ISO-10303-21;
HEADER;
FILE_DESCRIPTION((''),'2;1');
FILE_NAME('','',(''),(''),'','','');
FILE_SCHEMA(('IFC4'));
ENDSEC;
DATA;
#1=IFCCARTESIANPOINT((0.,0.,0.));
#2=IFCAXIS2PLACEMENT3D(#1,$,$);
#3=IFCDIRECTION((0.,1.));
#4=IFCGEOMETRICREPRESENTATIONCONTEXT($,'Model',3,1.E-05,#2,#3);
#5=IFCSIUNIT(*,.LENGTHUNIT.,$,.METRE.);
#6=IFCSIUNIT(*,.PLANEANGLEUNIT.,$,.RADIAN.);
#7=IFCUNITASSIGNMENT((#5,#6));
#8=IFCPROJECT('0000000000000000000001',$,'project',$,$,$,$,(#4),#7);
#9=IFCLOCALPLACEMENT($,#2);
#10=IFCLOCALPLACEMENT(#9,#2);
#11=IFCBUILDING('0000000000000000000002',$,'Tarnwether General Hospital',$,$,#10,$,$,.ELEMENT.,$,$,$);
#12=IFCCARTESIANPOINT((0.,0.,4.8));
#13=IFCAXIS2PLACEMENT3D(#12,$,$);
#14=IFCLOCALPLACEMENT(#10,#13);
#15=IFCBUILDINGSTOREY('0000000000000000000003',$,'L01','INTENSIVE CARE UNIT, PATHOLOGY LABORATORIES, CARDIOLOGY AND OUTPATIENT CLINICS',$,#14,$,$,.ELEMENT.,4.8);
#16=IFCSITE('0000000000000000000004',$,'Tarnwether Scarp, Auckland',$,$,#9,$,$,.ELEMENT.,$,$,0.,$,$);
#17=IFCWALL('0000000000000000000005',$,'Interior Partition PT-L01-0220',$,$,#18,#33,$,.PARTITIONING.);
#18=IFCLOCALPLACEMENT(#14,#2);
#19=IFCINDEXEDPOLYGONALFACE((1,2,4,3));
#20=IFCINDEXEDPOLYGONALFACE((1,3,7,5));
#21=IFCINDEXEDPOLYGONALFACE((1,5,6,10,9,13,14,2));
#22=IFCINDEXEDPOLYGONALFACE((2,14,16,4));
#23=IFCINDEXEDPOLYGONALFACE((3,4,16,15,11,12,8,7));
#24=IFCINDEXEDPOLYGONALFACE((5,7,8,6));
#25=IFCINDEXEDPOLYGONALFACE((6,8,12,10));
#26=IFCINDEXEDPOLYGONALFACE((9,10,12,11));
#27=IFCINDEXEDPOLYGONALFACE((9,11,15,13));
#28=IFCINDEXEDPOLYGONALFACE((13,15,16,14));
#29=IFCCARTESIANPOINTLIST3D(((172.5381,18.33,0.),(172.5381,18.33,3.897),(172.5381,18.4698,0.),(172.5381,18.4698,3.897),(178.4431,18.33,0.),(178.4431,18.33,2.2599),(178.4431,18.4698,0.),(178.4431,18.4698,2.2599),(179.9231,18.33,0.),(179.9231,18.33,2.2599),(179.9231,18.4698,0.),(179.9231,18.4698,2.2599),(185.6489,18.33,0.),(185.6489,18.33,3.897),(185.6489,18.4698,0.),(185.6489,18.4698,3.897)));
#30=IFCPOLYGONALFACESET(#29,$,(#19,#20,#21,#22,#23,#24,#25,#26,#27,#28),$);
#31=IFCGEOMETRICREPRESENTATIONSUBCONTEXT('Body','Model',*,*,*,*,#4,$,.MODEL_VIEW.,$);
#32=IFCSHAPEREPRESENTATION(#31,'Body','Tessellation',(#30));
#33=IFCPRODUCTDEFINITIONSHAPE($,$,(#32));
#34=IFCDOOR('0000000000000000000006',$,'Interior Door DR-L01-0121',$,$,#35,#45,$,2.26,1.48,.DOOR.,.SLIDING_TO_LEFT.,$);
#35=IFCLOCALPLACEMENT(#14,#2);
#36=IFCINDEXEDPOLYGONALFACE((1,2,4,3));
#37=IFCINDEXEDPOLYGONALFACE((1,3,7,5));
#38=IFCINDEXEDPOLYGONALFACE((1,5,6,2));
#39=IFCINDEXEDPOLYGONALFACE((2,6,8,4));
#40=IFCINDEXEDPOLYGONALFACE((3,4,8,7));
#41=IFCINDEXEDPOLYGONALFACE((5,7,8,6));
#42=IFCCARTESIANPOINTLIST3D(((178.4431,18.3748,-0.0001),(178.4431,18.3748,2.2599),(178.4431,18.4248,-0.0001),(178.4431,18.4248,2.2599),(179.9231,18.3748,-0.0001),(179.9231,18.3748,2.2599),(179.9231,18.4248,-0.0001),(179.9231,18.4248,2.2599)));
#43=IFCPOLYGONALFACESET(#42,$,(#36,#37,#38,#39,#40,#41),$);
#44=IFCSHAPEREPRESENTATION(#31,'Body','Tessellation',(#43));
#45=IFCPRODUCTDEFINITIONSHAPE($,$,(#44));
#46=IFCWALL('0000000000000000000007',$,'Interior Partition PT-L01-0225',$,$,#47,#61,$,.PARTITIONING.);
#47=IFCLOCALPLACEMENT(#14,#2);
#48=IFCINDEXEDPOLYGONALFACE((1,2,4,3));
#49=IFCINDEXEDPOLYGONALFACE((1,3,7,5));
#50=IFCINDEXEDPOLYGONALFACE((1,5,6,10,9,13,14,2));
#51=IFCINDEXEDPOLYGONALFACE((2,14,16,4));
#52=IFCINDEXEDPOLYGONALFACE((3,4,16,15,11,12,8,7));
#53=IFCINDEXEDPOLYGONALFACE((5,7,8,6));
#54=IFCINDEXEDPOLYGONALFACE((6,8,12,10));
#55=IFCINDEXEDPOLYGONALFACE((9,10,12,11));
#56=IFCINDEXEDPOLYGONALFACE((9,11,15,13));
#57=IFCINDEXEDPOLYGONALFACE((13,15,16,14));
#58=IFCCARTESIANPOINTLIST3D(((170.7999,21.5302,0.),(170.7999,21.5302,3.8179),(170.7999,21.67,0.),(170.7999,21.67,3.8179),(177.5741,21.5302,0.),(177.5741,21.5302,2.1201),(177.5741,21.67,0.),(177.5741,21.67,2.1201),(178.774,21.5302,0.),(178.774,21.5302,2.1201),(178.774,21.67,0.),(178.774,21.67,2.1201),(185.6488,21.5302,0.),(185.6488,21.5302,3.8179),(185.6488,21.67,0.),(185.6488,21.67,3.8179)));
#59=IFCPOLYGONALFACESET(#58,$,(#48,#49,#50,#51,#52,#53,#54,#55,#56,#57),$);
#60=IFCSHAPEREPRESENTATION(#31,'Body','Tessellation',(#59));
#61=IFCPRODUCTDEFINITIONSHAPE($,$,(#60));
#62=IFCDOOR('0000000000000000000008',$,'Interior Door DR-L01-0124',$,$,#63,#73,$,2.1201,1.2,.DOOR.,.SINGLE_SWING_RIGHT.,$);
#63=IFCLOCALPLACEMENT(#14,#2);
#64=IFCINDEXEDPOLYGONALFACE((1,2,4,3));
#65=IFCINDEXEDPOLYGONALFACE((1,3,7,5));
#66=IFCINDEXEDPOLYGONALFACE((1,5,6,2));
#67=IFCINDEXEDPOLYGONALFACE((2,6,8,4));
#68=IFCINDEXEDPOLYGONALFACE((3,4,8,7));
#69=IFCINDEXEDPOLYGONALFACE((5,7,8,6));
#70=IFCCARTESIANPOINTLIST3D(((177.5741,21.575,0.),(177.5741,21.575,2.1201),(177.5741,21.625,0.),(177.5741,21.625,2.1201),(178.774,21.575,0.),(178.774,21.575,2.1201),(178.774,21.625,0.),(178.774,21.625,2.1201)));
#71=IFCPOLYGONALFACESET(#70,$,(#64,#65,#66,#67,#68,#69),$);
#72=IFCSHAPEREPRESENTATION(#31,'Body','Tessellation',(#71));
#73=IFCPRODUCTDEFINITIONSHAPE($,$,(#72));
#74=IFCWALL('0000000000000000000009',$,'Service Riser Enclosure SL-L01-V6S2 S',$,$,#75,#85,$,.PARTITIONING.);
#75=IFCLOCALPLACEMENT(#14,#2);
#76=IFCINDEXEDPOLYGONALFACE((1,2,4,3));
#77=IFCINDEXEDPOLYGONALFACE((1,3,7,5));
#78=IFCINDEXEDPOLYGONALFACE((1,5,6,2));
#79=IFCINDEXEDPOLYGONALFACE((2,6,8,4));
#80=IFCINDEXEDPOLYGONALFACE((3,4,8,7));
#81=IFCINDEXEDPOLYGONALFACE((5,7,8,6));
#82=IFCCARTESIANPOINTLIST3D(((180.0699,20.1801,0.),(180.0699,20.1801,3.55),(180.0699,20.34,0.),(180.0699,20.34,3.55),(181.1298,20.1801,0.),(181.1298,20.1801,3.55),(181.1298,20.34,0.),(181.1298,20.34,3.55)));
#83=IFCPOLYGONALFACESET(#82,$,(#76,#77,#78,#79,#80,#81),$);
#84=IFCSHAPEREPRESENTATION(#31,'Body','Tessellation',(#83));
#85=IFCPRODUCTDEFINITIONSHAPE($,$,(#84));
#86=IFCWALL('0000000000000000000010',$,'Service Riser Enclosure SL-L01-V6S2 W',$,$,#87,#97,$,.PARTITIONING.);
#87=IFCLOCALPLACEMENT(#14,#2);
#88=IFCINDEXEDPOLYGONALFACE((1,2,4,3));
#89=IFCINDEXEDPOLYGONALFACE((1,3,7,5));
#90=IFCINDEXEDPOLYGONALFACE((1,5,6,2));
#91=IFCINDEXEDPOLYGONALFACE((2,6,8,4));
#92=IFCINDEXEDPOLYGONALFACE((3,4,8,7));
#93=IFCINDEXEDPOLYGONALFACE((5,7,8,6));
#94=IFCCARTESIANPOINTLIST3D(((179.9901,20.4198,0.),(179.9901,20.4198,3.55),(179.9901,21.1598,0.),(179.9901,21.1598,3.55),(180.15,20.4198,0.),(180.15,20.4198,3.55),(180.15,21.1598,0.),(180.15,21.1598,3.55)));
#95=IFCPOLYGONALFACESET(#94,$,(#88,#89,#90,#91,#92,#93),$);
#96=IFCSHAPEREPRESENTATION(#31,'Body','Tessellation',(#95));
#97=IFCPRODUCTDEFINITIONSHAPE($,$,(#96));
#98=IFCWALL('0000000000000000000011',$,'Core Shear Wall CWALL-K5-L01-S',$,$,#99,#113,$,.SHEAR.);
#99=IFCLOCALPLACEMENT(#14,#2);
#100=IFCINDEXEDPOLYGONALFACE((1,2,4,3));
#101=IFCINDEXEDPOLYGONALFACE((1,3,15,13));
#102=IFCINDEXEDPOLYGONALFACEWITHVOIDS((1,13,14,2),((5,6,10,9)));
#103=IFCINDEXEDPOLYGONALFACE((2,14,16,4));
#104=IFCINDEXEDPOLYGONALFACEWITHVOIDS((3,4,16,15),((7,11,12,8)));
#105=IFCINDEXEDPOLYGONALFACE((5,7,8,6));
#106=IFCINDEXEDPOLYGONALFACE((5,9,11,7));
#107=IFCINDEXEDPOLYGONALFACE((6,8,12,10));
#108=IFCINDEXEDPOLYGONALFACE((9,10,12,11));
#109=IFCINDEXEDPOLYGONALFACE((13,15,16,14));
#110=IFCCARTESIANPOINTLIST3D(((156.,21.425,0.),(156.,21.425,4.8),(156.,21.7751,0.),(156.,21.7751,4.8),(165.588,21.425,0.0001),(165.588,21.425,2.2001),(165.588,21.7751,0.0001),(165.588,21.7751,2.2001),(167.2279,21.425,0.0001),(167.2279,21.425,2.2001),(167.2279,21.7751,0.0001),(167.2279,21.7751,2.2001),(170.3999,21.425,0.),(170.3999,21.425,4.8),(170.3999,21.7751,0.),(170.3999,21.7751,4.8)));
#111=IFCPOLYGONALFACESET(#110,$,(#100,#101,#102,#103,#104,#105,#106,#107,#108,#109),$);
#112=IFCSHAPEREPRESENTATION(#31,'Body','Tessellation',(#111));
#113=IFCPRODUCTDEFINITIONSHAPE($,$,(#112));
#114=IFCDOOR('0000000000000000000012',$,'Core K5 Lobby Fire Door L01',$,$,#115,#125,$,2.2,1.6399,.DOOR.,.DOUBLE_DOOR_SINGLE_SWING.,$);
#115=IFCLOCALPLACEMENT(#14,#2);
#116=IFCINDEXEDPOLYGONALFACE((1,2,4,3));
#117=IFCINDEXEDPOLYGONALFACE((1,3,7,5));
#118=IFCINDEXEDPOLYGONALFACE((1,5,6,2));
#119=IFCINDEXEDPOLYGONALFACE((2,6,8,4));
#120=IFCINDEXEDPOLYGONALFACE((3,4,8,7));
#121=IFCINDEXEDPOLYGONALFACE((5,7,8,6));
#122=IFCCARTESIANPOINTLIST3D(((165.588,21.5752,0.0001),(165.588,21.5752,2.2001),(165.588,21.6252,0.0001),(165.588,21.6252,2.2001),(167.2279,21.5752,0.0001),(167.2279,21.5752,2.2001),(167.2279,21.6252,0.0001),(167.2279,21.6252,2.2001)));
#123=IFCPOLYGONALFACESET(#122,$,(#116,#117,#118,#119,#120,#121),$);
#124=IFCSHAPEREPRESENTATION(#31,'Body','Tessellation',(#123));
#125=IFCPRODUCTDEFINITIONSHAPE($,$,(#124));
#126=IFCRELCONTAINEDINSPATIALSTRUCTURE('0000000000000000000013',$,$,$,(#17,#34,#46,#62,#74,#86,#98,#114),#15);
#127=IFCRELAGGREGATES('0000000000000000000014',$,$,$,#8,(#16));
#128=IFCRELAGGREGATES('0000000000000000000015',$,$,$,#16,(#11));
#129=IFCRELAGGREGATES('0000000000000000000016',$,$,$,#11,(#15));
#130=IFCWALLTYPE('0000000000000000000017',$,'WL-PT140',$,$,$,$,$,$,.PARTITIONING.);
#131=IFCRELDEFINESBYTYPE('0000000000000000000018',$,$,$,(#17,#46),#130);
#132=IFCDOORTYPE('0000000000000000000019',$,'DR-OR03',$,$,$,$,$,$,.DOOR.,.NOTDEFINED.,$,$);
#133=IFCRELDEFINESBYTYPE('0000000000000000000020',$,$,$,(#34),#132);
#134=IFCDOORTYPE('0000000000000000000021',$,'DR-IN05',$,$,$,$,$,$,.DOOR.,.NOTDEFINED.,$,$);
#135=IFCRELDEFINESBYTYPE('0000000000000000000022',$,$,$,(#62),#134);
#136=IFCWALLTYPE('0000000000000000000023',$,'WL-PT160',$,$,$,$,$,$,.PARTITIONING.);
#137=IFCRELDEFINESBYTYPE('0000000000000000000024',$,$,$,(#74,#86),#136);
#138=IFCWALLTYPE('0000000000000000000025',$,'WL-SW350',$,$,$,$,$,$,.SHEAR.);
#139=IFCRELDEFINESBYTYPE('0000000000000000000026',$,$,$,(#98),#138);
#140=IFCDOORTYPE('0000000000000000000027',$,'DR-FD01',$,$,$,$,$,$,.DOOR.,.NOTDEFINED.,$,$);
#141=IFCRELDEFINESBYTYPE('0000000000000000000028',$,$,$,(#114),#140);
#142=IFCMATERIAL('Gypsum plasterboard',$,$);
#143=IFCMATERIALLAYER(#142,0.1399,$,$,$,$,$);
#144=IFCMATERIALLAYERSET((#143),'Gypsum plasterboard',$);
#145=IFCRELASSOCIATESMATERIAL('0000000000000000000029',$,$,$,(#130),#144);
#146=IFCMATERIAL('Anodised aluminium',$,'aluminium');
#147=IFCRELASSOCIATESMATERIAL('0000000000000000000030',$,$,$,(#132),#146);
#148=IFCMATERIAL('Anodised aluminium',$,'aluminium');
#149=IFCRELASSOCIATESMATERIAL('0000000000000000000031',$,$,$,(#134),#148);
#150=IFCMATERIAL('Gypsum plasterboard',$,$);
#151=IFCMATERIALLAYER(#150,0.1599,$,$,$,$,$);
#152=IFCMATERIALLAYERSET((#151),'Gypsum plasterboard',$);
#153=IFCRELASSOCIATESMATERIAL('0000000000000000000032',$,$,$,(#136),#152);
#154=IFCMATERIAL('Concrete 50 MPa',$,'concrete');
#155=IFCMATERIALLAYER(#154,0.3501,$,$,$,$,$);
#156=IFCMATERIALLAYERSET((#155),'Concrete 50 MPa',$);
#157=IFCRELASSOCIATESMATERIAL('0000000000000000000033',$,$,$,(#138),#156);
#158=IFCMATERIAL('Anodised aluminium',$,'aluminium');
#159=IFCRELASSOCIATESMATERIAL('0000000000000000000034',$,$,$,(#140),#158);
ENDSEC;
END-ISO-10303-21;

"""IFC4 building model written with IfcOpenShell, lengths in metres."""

from ifc_helpers import new_model, si_unit, direction, frame, frame_2d, origin, place, context, subcontext, project, spatial, rectangle, extrude, material, layer, layer_set, type_object, element, fill, save


model = new_model("IFC4")

# Units and contexts
model_context = context("Model", 3, precision=1e-05, world=origin(), true_north=direction((0.0, 1.0)))
body_context = subcontext(model_context, "Body", "Model", "MODEL_VIEW")
ifc_project = project(units=[si_unit("LENGTHUNIT", "METRE"), si_unit("PLANEANGLEUNIT", "RADIAN")], contexts=[model_context])

# Site, building, storey
site_placement = place(None, origin())
site = spatial("IfcSite", under=ifc_project, at=site_placement, Name="Tarnwether Scarp, Auckland", CompositionType="ELEMENT", RefElevation=0.0)
building_placement = place(site_placement, origin())
building = spatial("IfcBuilding", under=site, at=building_placement, Name="Tarnwether General Hospital", CompositionType="ELEMENT")
storey_placement = place(building_placement, frame((0.0, 0.0, 4.8)))
storey = spatial("IfcBuildingStorey", under=building, at=storey_placement, Name="L01", Description="INTENSIVE CARE UNIT, PATHOLOGY LABORATORIES, CARDIOLOGY AND OUTPATIENT CLINICS", CompositionType="ELEMENT", Elevation=4.8)

# Walls, openings, doors
ifc_material_1 = material(Name="Gypsum plasterboard")
ifc_layer_1 = layer(ifc_material_1, 0.1399)
ifc_layer_set_1 = layer_set([ifc_layer_1], Name="Gypsum plasterboard")
wall_type_1 = type_object("IfcWallType", Name="WL-PT140", PredefinedType="PARTITIONING", material=ifc_layer_set_1)
wall_1_placement = place(storey_placement, frame((172.5381, 18.3999, 0.0), z_axis=(0.0, 0.0, 1.0), x_axis=(1.0, 0.0, 0.0)))
wall_1 = element("IfcWall", 1, at=wall_1_placement, inside=storey, type_object=wall_type_1, Name="Interior Partition PT-L01-0220", PredefinedType="PARTITIONING", context=body_context, shape_type="SweptSolid", body=[
    extrude(rectangle(XDim=13.1108, YDim=0.1399, at=frame_2d((6.5554, 0.0))), origin(), (0.0, 0.0, 1.0), 3.897),
])
opening_1_placement = place(wall_1_placement, frame((5.905, 0.0, 0.0)))
opening_1 = element("IfcOpeningElement", 2, at=opening_1_placement, cuts=wall_1, PredefinedType="OPENING", context=body_context, shape_type="SweptSolid", body=[
    extrude(rectangle(XDim=1.48, YDim=2.26, at=frame_2d((0.74, 1.1299))), frame((0.0, 0.0801, 0.0), z_axis=(0.0, -1.0, 0.0), x_axis=(1.0, 0.0, 0.0)), (0.0, 0.0, 1.0), 0.1599),
])
ifc_material_2 = material(Name="Anodised aluminium", Category="aluminium")
door_type_1 = type_object("IfcDoorType", Name="DR-OR03", OperationType="NOTDEFINED", PredefinedType="DOOR", material=ifc_material_2)
door_1_placement = place(opening_1_placement, origin())
door_1 = element("IfcDoor", 3, at=door_1_placement, inside=storey, type_object=door_type_1, Name="Interior Door DR-L01-0121", OperationType="SLIDING_TO_LEFT", OverallHeight=2.26, OverallWidth=1.48, PredefinedType="DOOR", context=body_context, shape_type="SweptSolid", body=[
    extrude(rectangle(XDim=1.48, YDim=2.26, at=frame_2d((0.74, 1.1299))), frame((0.0, 0.0249, 0.0), z_axis=(0.0, -1.0, 0.0), x_axis=(1.0, 0.0, 0.0)), (0.0, 0.0, 1.0), 0.05),
])
fill(opening_1, door_1)
wall_2_placement = place(storey_placement, frame((170.8, 21.6001, 0.0), z_axis=(0.0, 0.0, 1.0), x_axis=(1.0, 0.0, 0.0)))
wall_2 = element("IfcWall", 4, at=wall_2_placement, inside=storey, type_object=wall_type_1, Name="Interior Partition PT-L01-0225", PredefinedType="PARTITIONING", context=body_context, shape_type="SweptSolid", body=[
    extrude(rectangle(XDim=14.8489, YDim=0.1399, at=frame_2d((7.4243, 0.0))), origin(), (0.0, 0.0, 1.0), 3.8179),
])
opening_2_placement = place(wall_2_placement, frame((6.7739, 0.0, 0.0)))
opening_2 = element("IfcOpeningElement", 5, at=opening_2_placement, cuts=wall_2, PredefinedType="OPENING", context=body_context, shape_type="SweptSolid", body=[
    extrude(rectangle(XDim=1.2, YDim=2.1201, at=frame_2d((0.6001, 1.0601))), frame((0.0, 0.0801, 0.0), z_axis=(0.0, -1.0, 0.0), x_axis=(1.0, 0.0, 0.0)), (0.0, 0.0, 1.0), 0.1599),
])
ifc_material_3 = material(Name="Anodised aluminium", Category="aluminium")
door_type_2 = type_object("IfcDoorType", Name="DR-IN05", OperationType="NOTDEFINED", PredefinedType="DOOR", material=ifc_material_3)
door_2_placement = place(opening_2_placement, origin())
door_2 = element("IfcDoor", 6, at=door_2_placement, inside=storey, type_object=door_type_2, Name="Interior Door DR-L01-0124", OperationType="SINGLE_SWING_RIGHT", OverallHeight=2.1201, OverallWidth=1.2, PredefinedType="DOOR", context=body_context, shape_type="SweptSolid", body=[
    extrude(rectangle(XDim=1.2, YDim=2.1201, at=frame_2d((0.6001, 1.0601))), frame((0.0, 0.0249, 0.0), z_axis=(0.0, -1.0, 0.0), x_axis=(1.0, 0.0, 0.0)), (0.0, 0.0, 1.0), 0.05),
])
fill(opening_2, door_2)

# Walls
ifc_material_4 = material(Name="Gypsum plasterboard")
ifc_layer_2 = layer(ifc_material_4, 0.1599)
ifc_layer_set_2 = layer_set([ifc_layer_2], Name="Gypsum plasterboard")
wall_type_2 = type_object("IfcWallType", Name="WL-PT160", PredefinedType="PARTITIONING", material=ifc_layer_set_2)
wall_3_placement = place(storey_placement, frame((180.0701, 20.26, 0.0), z_axis=(0.0, 0.0, 1.0), x_axis=(1.0, 0.0, 0.0)))
element("IfcWall", 7, at=wall_3_placement, inside=storey, type_object=wall_type_2, Name="Service Riser Enclosure SL-L01-V6S2 S", PredefinedType="PARTITIONING", context=body_context, shape_type="SweptSolid", body=[
    extrude(rectangle(XDim=1.0598, YDim=0.1599, at=frame_2d((0.5298, 0.0))), origin(), (0.0, 0.0, 1.0), 3.55),
])
wall_4_placement = place(storey_placement, frame((180.0701, 21.1599, 0.0), z_axis=(0.0, 0.0, 1.0), x_axis=(0.0, -1.0, 0.0)))
element("IfcWall", 8, at=wall_4_placement, inside=storey, type_object=wall_type_2, Name="Service Riser Enclosure SL-L01-V6S2 W", PredefinedType="PARTITIONING", context=body_context, shape_type="SweptSolid", body=[
    extrude(rectangle(XDim=0.74, YDim=0.1599, at=frame_2d((0.3701, 0.0))), origin(), (0.0, 0.0, 1.0), 3.55),
])

# Wall, opening, door
ifc_material_5 = material(Name="Concrete 50 MPa", Category="concrete")
ifc_layer_3 = layer(ifc_material_5, 0.3501)
ifc_layer_set_3 = layer_set([ifc_layer_3], Name="Concrete 50 MPa")
wall_type_3 = type_object("IfcWallType", Name="WL-SW350", PredefinedType="SHEAR", material=ifc_layer_set_3)
wall_5_placement = place(storey_placement, frame((170.3999, 21.6001, 0.0), z_axis=(0.0, 0.0, 1.0), x_axis=(-1.0, 0.0, 0.0)))
wall_5 = element("IfcWall", 9, at=wall_5_placement, inside=storey, type_object=wall_type_3, Name="Core Shear Wall CWALL-K5-L01-S", PredefinedType="SHEAR", context=body_context, shape_type="SweptSolid", body=[
    extrude(rectangle(XDim=14.3999, YDim=0.3501, at=frame_2d((7.2, 0.0))), origin(), (0.0, 0.0, 1.0), 4.8),
])
opening_3_placement = place(wall_5_placement, frame((3.1721, 0.0, 0.0)))
opening_3 = element("IfcOpeningElement", 10, at=opening_3_placement, cuts=wall_5, PredefinedType="OPENING", context=body_context, shape_type="SweptSolid", body=[
    extrude(rectangle(XDim=1.6399, YDim=2.2, at=frame_2d((0.8198, 1.1001))), frame((0.0, 0.1851, 0.0), z_axis=(0.0, -1.0, 0.0), x_axis=(1.0, 0.0, 0.0)), (0.0, 0.0, 1.0), 0.3701),
])
ifc_material_6 = material(Name="Anodised aluminium", Category="aluminium")
door_type_3 = type_object("IfcDoorType", Name="DR-FD01", OperationType="NOTDEFINED", PredefinedType="DOOR", material=ifc_material_6)
door_3_placement = place(opening_3_placement, origin())
door_3 = element("IfcDoor", 11, at=door_3_placement, inside=storey, type_object=door_type_3, Name="Core K5 Lobby Fire Door L01", OperationType="DOUBLE_DOOR_SINGLE_SWING", OverallHeight=2.2, OverallWidth=1.6399, PredefinedType="DOOR", context=body_context, shape_type="SweptSolid", body=[
    extrude(rectangle(XDim=1.6399, YDim=2.2, at=frame_2d((0.8198, 1.1001))), frame((0.0, 0.0249, 0.0), z_axis=(0.0, -1.0, 0.0), x_axis=(1.0, 0.0, 0.0)), (0.0, 0.0, 1.0), 0.05),
])
fill(opening_3, door_3)

save(model, "model.ifc")
